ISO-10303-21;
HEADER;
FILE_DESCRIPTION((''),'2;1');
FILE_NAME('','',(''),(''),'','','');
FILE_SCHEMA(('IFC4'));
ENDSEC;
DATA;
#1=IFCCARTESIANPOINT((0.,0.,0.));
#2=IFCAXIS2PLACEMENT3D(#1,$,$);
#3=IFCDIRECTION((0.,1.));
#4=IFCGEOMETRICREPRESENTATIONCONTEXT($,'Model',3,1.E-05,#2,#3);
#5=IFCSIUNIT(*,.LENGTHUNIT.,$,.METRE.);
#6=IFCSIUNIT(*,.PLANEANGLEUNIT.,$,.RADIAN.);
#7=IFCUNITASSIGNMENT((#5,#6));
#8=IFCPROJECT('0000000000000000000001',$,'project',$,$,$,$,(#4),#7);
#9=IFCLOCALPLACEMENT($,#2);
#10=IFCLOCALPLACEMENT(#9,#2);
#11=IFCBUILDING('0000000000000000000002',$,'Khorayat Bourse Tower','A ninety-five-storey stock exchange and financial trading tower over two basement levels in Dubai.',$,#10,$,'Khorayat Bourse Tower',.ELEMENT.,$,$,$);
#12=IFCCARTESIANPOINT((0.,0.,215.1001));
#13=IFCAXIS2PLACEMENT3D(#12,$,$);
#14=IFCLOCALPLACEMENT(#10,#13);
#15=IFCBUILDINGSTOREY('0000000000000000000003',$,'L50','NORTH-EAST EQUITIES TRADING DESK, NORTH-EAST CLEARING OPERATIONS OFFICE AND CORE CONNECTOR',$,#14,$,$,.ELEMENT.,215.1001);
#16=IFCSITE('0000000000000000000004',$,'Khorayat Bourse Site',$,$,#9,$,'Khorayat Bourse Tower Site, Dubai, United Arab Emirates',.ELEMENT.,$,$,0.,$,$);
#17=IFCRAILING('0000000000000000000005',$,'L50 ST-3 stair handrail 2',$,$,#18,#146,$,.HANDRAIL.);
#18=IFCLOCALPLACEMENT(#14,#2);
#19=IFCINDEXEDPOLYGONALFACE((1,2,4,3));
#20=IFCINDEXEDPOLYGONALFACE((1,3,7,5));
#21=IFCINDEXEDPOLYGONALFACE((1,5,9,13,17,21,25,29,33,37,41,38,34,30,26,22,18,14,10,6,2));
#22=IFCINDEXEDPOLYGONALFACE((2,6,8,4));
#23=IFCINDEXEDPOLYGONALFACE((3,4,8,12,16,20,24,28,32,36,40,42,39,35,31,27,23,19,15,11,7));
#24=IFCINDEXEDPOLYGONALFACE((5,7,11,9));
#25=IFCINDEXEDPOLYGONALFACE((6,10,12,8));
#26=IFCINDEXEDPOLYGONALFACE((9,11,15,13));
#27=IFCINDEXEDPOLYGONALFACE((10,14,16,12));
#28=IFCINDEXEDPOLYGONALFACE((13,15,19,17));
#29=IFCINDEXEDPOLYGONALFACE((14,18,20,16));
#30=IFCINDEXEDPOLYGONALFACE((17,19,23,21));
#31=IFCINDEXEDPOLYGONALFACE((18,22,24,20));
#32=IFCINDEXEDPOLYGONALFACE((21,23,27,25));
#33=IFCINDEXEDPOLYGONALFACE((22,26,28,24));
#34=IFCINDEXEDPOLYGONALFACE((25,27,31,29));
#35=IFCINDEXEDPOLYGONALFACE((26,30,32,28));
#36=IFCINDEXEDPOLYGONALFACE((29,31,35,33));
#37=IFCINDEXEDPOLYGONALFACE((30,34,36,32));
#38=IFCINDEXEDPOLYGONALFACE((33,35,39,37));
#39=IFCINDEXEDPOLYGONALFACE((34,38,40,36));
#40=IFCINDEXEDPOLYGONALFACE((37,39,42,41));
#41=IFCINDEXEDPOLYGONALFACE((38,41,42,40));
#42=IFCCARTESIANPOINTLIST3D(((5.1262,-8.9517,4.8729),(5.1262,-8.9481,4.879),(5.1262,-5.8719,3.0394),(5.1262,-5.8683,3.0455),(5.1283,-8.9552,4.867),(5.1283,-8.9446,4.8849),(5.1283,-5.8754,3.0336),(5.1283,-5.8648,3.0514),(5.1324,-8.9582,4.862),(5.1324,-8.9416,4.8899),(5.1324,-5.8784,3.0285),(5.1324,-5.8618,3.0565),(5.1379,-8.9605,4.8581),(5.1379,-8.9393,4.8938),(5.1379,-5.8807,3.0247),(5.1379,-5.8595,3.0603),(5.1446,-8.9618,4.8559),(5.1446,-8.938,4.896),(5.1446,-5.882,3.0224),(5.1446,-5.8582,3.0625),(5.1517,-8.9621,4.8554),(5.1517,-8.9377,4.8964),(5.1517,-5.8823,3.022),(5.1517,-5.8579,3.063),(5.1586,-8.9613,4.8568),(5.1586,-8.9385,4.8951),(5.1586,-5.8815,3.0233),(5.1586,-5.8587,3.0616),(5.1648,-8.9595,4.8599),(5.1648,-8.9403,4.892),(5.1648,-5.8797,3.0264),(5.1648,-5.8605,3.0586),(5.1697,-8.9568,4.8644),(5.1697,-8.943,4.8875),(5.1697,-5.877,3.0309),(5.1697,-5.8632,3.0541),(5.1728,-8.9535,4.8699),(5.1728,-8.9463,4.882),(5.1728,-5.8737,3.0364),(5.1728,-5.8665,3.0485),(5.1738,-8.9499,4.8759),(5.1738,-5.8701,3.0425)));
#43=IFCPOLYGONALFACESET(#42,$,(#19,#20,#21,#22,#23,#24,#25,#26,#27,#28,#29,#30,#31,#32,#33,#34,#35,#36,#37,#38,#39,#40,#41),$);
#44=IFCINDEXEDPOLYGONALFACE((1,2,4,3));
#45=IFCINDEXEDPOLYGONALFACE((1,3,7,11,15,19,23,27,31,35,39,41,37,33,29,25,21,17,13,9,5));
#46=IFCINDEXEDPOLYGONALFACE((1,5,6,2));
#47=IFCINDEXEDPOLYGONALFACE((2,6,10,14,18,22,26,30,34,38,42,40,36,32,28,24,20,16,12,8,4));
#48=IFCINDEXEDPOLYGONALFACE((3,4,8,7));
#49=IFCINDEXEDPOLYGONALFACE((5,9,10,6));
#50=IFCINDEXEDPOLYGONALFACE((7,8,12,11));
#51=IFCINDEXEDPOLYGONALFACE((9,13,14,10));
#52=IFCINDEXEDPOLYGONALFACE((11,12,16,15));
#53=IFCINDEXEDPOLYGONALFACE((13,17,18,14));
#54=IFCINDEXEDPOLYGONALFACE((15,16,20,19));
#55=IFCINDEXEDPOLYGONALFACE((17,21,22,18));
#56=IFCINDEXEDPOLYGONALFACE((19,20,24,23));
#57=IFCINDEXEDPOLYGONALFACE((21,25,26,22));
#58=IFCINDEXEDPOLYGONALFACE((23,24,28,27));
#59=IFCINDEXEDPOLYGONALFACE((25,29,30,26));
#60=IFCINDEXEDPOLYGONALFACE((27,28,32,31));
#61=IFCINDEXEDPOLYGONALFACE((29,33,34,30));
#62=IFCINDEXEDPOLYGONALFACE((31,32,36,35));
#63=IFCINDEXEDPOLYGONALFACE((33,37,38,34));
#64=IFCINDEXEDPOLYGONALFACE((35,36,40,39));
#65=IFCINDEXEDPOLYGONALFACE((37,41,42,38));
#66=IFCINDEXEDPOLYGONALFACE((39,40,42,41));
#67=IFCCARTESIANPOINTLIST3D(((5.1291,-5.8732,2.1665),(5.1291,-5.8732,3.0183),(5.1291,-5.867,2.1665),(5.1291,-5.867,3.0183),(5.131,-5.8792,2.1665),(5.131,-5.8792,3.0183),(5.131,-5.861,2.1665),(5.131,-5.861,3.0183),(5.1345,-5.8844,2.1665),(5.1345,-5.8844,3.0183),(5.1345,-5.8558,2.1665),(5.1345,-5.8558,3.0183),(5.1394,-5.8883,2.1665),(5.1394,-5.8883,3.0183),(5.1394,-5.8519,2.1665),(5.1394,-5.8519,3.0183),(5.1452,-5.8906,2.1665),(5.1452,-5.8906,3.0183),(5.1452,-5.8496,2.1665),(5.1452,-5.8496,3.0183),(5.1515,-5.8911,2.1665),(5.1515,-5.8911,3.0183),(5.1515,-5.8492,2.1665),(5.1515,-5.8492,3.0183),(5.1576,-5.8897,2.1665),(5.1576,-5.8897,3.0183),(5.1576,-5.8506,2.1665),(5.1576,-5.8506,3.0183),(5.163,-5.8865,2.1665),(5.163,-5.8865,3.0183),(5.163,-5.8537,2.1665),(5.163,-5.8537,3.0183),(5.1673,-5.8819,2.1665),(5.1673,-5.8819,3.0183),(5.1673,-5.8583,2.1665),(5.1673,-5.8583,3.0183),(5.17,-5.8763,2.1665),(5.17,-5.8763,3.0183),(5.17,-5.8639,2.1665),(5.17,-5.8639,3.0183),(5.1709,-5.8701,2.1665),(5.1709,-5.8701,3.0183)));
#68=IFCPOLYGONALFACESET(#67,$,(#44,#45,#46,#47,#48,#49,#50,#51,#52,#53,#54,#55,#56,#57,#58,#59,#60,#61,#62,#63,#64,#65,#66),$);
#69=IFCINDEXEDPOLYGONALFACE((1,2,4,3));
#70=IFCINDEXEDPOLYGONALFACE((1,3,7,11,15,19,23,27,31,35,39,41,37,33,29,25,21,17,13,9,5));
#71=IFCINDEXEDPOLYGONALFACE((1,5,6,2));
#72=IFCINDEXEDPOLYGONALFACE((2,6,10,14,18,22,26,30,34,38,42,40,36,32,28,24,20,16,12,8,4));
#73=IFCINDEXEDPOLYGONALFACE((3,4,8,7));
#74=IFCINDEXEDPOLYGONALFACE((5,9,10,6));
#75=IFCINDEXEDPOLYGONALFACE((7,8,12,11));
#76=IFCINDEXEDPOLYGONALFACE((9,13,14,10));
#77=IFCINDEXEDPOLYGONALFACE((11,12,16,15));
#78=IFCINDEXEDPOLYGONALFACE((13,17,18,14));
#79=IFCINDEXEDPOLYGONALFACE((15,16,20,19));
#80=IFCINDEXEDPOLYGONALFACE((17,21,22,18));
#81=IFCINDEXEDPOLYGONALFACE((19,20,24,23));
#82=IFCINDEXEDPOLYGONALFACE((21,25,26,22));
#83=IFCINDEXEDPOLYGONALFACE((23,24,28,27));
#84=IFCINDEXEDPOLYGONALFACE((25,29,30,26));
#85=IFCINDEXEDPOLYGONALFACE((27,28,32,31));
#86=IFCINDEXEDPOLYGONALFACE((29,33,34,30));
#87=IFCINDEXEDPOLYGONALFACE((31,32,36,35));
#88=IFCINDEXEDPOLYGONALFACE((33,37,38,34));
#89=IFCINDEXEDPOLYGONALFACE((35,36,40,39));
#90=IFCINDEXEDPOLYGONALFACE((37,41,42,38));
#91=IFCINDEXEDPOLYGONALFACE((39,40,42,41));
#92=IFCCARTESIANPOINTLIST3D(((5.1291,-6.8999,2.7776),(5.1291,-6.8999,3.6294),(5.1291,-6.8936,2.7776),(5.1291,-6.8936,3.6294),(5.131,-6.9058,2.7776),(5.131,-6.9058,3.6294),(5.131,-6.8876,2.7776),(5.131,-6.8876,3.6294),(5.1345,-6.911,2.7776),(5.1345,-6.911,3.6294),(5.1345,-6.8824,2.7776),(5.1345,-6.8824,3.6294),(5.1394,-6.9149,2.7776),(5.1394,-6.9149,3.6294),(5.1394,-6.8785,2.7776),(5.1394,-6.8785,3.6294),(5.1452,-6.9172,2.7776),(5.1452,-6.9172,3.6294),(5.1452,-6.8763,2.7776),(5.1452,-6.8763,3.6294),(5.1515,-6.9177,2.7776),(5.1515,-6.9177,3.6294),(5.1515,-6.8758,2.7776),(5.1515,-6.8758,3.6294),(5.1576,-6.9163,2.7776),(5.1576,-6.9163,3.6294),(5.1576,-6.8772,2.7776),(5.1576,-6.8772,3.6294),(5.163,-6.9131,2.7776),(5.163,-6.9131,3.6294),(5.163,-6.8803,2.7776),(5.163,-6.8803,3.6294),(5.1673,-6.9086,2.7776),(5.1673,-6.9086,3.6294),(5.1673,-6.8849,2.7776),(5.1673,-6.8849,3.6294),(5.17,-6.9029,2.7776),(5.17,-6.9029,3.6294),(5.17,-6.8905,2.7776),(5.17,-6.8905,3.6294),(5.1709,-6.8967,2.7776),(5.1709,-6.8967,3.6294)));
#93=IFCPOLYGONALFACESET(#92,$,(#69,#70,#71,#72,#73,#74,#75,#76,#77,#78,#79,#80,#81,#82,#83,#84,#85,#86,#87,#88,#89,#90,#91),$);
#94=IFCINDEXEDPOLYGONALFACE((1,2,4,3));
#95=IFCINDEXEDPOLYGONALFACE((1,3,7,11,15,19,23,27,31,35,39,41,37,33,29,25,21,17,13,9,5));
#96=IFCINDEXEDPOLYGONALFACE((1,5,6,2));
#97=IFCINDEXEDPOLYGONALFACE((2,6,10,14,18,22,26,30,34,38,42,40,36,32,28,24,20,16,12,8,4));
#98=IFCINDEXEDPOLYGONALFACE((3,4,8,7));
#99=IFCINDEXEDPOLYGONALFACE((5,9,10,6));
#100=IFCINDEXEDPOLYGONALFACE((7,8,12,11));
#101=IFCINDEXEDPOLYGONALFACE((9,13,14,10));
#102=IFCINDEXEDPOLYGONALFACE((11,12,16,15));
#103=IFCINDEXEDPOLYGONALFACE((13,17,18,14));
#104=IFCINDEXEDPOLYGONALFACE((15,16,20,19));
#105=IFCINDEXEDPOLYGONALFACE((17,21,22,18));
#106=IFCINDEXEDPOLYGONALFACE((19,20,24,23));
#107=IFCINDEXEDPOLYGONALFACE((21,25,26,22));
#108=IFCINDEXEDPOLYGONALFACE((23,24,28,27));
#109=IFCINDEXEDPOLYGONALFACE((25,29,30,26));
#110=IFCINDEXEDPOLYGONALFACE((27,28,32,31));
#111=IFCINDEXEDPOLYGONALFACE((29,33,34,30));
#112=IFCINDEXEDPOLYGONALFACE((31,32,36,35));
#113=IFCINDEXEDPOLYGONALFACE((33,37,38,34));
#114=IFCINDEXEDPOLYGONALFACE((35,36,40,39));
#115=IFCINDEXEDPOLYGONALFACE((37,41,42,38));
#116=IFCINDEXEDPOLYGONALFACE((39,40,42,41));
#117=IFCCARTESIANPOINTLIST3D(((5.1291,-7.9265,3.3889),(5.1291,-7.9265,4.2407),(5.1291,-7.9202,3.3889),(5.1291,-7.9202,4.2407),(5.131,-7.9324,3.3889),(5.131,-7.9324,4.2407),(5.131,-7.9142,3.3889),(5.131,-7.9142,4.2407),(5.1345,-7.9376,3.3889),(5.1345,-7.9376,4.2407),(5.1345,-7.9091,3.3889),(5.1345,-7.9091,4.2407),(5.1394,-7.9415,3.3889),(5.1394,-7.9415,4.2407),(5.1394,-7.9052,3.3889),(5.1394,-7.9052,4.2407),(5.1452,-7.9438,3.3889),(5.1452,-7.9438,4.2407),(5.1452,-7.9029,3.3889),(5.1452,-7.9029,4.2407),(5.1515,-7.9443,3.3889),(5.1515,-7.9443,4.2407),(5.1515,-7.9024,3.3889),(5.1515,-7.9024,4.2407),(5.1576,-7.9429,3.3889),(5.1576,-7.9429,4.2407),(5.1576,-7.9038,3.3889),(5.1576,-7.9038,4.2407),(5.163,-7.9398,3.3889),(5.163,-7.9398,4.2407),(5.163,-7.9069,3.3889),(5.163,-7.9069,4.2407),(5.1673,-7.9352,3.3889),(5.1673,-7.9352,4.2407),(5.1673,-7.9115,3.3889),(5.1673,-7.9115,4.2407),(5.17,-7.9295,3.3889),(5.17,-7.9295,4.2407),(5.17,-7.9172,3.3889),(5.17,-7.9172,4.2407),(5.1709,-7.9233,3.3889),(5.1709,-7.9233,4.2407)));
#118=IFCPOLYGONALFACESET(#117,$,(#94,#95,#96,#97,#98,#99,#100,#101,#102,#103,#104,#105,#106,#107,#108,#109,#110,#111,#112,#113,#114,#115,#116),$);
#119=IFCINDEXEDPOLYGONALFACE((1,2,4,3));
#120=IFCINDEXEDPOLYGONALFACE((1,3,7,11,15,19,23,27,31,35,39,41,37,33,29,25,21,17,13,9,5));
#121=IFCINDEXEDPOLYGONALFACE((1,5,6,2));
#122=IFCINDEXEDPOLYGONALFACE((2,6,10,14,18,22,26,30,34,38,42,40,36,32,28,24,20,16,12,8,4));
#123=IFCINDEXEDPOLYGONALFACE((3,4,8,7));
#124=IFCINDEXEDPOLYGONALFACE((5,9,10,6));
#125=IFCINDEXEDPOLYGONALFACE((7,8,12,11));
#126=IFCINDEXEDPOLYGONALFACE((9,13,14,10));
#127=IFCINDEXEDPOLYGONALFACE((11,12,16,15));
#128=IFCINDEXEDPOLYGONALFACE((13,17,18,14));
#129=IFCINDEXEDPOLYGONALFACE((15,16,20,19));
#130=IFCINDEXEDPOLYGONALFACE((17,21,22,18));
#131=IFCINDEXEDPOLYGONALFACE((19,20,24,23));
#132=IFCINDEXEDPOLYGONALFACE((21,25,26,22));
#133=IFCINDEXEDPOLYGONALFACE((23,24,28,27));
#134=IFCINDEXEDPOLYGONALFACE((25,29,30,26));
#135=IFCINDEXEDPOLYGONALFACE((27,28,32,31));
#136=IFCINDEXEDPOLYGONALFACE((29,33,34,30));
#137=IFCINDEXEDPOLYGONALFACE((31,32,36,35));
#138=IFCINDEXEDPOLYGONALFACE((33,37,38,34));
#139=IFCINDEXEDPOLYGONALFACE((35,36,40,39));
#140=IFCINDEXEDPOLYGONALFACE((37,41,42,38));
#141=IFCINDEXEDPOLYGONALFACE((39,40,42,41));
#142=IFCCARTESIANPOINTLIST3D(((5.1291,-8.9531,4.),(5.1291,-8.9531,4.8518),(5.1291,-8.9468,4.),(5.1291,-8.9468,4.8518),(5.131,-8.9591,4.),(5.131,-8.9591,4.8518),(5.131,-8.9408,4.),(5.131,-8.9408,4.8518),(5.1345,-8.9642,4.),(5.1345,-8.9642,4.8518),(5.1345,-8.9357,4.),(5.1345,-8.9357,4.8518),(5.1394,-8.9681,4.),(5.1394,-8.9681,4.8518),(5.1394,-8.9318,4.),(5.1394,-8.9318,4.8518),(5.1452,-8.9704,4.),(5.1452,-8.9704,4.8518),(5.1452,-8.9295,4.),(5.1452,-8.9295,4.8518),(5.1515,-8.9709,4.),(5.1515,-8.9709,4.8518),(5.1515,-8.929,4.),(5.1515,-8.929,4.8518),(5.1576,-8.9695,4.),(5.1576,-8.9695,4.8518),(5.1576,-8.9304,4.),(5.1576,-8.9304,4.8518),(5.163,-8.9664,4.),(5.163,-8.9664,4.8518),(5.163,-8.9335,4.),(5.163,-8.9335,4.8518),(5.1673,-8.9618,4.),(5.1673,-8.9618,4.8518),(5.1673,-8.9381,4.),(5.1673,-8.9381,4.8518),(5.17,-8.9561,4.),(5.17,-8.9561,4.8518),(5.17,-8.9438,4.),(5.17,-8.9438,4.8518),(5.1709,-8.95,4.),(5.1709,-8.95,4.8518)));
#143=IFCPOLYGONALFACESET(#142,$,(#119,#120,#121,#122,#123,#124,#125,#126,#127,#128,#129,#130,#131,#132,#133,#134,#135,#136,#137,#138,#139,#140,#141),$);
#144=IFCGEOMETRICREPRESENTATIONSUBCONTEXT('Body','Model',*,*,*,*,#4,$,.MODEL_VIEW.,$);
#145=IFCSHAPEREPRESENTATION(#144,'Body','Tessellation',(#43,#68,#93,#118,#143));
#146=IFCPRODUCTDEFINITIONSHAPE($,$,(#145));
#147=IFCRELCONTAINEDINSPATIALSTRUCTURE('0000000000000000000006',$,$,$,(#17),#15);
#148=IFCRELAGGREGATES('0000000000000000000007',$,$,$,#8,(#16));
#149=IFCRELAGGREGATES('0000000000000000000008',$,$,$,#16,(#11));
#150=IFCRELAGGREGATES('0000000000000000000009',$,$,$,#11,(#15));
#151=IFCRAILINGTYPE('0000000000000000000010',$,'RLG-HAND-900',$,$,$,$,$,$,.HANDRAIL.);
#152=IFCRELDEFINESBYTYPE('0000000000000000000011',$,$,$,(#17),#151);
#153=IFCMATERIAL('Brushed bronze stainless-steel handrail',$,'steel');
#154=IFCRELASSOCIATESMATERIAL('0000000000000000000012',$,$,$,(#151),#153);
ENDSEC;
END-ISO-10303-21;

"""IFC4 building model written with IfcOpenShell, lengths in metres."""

from ifc_helpers import new_model, si_unit, direction, frame, origin, origin_2d, place, context, subcontext, project, spatial, circle, extrude, source, transform, mapped, material, type_object, element, save


model = new_model("IFC4")

# Units and contexts
model_context = context("Model", 3, precision=1e-05, world=origin(), true_north=direction((0.0, 1.0)))
body_context = subcontext(model_context, "Body", "Model", "MODEL_VIEW")
ifc_project = project(units=[si_unit("LENGTHUNIT", "METRE"), si_unit("PLANEANGLEUNIT", "RADIAN")], contexts=[model_context])

# Site, building, storey
site_placement = place(None, origin())
site = spatial("IfcSite", under=ifc_project, at=site_placement, Name="Khorayat Bourse Site", LongName="Khorayat Bourse Tower Site, Dubai, United Arab Emirates", CompositionType="ELEMENT", RefElevation=0.0)
building_placement = place(site_placement, origin())
building = spatial("IfcBuilding", under=site, at=building_placement, Name="Khorayat Bourse Tower", Description="A ninety-five-storey stock exchange and financial trading tower over two basement levels in Dubai.", LongName="Khorayat Bourse Tower", CompositionType="ELEMENT")
storey_placement = place(building_placement, frame((0.0, 0.0, 215.1001)))
storey = spatial("IfcBuildingStorey", under=building, at=storey_placement, Name="L50", Description="NORTH-EAST EQUITIES TRADING DESK, NORTH-EAST CLEARING OPERATIONS OFFICE AND CORE CONNECTOR", CompositionType="ELEMENT", Elevation=215.1001)

# Railing
ifc_material_1 = material(Name="Brushed bronze stainless-steel handrail", Category="steel")
railing_type_1 = type_object("IfcRailingType", Name="RLG-HAND-900", PredefinedType="HANDRAIL", material=ifc_material_1)
shared_shape_1 = source(origin(), body_context, "Body", "SweptSolid", [
    extrude(circle(Radius=0.0239, at=origin_2d()), frame((0.0, 0.0, 0.876), z_axis=(0.0, -0.859261, 0.511538), x_axis=(1.0, 0.0, 0.0)), (0.0, 0.0, 1.0), 3.5842),
    extrude(circle(Radius=0.021, at=origin_2d()), origin(), (0.0, 0.0, 1.0), 0.8518),
    extrude(circle(Radius=0.021, at=origin_2d()), frame((0.0, -1.0266, 0.6111)), (0.0, 0.0, 1.0), 0.8518),
    extrude(circle(Radius=0.021, at=origin_2d()), frame((0.0, -2.0532, 1.2224)), (0.0, 0.0, 1.0), 0.8518),
    extrude(circle(Radius=0.021, at=origin_2d()), frame((0.0, -3.0798, 1.8335)), (0.0, 0.0, 1.0), 0.8518),
])
railing_1_placement = place(storey_placement, frame((5.1499, -5.8701, 2.1665)))
element("IfcRailing", 1, at=railing_1_placement, inside=storey, type_object=railing_type_1, Name="L50 ST-3 stair handrail 2", PredefinedType="HANDRAIL", context=body_context, shape_type="MappedRepresentation", body=[
    mapped(shared_shape_1, transform((0.0, 0.0, 0.0), scale=1.0)),
])

save(model, "model.ifc")
